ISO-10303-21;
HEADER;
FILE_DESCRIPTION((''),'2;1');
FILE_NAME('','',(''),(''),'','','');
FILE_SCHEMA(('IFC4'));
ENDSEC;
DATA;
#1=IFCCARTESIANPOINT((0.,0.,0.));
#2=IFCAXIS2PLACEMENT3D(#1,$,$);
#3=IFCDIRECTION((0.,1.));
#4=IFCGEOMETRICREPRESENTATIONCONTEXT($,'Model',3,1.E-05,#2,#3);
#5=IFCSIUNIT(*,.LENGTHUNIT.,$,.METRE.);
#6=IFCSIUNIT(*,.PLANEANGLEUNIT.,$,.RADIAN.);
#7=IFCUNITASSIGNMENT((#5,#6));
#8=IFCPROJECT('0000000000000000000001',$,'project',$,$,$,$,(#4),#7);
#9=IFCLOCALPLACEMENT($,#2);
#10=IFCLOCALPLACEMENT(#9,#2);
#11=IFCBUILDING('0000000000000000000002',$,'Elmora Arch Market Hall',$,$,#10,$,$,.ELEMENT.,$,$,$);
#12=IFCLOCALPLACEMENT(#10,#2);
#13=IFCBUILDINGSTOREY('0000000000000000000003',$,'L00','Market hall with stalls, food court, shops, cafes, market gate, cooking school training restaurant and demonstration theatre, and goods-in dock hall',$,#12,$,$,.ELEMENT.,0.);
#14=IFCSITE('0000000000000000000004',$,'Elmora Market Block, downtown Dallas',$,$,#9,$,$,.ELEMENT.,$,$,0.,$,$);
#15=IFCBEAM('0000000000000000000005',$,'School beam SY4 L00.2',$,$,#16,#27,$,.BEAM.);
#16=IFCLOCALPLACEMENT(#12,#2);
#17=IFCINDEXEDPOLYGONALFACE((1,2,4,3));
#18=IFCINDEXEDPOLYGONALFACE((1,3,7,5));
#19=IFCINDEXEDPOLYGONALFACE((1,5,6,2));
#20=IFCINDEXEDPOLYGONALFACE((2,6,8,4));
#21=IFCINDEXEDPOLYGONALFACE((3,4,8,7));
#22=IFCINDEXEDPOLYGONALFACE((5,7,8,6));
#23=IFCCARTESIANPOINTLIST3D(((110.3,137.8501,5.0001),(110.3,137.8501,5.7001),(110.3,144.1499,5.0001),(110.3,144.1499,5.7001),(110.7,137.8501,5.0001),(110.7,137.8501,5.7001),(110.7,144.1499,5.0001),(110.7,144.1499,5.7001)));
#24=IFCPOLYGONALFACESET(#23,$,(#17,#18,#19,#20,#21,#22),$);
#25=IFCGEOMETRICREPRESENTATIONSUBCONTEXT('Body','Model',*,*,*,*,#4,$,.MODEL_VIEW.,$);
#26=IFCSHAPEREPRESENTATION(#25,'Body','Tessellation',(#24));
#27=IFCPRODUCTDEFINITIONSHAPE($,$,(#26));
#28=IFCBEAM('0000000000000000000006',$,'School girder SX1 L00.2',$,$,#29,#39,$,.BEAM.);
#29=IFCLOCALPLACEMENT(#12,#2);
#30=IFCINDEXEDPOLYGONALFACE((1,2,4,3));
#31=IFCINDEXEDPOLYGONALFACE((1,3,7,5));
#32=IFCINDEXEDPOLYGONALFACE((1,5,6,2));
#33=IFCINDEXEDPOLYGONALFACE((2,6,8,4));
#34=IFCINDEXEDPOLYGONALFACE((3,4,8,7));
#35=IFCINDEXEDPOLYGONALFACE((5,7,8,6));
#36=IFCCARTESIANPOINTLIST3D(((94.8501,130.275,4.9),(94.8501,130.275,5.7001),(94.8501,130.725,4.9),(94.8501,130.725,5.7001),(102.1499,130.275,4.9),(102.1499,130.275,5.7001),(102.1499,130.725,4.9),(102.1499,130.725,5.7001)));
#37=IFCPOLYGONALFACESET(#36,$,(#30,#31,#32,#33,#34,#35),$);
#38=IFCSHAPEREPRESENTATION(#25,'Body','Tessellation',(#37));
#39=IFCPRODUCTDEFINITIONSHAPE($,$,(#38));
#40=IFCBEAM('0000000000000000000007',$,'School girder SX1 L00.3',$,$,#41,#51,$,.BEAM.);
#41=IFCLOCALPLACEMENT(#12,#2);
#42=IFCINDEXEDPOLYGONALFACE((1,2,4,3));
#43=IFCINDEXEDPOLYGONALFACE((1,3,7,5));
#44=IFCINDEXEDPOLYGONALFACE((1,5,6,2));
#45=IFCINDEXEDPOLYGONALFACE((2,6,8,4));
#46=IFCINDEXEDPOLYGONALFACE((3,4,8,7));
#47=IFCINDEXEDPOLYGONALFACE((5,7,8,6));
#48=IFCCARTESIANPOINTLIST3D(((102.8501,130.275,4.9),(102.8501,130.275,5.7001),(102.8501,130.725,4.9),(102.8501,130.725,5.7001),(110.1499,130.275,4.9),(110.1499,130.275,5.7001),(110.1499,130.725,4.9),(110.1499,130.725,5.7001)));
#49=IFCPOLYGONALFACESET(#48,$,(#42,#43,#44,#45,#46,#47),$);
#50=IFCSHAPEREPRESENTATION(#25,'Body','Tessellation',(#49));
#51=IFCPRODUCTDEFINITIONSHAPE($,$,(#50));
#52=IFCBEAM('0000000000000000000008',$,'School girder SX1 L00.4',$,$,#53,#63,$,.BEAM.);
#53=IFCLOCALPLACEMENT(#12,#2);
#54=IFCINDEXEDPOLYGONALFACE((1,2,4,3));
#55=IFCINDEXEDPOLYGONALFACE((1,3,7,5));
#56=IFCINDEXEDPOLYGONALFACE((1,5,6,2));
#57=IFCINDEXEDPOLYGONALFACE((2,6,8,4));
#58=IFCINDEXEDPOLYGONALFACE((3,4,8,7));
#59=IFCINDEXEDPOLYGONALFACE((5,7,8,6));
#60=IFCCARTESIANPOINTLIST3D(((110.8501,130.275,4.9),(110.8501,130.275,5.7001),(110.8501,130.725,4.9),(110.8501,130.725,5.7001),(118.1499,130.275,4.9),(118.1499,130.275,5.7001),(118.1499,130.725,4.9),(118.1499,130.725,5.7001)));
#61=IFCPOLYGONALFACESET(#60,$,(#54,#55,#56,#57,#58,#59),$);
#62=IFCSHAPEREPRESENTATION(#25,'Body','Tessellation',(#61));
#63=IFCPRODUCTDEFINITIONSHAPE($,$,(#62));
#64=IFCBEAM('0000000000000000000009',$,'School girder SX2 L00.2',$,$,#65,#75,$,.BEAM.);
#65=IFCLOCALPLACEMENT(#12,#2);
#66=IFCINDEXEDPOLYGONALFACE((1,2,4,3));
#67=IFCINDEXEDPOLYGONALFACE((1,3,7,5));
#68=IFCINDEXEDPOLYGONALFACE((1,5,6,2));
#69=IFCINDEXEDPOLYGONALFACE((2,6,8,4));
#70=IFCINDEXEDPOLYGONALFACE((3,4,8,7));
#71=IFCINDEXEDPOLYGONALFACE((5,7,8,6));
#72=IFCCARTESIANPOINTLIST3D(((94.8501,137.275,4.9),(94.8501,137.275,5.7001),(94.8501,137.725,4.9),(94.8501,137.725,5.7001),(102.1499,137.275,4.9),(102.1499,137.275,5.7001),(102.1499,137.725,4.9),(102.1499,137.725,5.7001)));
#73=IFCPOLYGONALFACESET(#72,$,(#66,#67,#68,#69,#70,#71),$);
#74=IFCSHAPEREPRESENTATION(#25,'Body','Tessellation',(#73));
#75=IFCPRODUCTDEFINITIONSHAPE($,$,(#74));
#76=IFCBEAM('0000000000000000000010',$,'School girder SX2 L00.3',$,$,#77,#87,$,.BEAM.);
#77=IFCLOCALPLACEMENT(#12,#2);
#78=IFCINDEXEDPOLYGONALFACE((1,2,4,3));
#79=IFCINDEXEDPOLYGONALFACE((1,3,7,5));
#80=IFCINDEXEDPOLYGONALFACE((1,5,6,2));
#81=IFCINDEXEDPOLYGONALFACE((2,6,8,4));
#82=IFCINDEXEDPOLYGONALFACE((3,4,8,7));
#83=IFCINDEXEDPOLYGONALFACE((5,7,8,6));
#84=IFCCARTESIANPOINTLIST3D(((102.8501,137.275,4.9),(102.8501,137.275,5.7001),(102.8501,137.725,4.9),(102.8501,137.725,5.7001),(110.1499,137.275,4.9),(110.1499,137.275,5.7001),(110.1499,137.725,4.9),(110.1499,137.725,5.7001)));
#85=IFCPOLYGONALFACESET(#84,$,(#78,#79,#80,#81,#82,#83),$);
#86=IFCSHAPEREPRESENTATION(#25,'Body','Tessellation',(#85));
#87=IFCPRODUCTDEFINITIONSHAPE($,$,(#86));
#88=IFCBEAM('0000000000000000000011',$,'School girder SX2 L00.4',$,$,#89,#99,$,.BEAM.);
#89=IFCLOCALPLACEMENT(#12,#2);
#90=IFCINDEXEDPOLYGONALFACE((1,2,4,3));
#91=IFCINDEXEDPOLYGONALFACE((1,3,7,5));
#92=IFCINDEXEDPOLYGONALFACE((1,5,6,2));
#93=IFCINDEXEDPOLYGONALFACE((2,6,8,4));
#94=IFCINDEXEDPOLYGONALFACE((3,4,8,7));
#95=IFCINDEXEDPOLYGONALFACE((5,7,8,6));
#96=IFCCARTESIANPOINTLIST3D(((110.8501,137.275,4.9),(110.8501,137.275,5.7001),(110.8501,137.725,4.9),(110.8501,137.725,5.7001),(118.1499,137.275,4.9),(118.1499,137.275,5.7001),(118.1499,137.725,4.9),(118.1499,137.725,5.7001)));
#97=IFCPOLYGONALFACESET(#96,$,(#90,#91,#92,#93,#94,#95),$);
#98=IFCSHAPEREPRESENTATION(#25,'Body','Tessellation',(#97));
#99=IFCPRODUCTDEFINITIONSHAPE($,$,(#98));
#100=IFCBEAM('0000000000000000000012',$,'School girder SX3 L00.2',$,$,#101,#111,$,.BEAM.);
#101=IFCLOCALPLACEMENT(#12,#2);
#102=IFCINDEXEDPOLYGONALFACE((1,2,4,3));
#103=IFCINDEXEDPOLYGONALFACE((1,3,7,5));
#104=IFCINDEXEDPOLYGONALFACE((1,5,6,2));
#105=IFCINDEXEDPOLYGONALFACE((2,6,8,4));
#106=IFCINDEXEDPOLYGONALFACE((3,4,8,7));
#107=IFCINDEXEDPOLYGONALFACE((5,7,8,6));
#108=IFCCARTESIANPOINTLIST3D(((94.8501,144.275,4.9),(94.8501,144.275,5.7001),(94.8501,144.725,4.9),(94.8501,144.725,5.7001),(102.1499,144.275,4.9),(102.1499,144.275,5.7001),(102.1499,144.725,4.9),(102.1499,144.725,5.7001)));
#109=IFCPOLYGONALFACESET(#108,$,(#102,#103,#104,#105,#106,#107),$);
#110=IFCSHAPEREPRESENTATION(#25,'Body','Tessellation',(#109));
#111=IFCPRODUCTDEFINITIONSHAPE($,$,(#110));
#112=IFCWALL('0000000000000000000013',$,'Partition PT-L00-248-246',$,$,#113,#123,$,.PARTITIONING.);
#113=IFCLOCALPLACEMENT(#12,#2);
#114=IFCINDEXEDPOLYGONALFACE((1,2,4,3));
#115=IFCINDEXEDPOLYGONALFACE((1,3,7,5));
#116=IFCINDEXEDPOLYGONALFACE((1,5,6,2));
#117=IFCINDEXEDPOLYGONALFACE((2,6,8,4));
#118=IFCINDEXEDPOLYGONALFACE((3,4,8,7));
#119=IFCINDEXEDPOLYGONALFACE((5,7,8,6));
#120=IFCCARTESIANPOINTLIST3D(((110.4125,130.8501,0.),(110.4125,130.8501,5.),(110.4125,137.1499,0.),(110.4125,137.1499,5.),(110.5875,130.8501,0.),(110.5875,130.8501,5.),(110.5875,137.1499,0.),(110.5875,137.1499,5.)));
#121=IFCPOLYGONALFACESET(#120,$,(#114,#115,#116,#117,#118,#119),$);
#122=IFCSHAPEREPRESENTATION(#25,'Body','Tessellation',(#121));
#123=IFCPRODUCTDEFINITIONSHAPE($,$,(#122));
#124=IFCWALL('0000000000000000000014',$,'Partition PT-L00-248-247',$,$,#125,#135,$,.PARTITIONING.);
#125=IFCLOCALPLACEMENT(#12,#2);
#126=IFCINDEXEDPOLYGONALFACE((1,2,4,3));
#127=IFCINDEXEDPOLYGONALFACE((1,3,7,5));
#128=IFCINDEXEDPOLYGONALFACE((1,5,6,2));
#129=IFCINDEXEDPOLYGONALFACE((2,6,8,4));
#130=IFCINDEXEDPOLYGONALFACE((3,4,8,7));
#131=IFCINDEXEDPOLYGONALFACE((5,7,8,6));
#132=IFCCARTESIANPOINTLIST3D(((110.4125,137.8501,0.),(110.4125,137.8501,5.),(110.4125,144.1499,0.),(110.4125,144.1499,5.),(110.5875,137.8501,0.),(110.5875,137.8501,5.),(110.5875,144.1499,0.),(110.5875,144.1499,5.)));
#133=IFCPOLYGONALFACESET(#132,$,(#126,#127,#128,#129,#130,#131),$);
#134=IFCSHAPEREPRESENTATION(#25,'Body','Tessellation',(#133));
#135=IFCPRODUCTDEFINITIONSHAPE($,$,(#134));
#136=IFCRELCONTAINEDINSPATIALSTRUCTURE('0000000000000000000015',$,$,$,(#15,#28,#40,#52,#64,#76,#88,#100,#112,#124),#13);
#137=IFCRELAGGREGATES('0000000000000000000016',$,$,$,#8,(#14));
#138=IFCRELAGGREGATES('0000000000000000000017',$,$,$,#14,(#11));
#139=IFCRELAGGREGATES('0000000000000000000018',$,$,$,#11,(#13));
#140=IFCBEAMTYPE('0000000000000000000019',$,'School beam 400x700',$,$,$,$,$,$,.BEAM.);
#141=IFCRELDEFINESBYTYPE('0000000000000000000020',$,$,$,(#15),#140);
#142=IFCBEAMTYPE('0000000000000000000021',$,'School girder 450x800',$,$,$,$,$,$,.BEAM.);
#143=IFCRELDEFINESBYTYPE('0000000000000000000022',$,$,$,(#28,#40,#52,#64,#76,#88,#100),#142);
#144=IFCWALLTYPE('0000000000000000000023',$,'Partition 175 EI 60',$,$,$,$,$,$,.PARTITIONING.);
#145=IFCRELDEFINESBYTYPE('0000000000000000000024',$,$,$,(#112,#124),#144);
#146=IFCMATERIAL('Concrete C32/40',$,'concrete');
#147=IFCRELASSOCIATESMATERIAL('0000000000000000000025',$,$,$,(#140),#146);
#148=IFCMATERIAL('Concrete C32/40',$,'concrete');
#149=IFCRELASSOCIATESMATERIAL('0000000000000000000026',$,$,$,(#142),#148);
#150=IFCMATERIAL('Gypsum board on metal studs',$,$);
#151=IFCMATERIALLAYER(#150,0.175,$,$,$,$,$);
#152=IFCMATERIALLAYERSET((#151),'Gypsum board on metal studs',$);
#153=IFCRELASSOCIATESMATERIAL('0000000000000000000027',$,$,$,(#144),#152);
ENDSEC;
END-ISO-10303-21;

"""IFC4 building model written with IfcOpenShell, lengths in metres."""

from ifc_helpers import new_model, si_unit, direction, frame, frame_2d, origin, origin_2d, place, context, subcontext, project, spatial, rectangle, extrude, material, layer, layer_set, material_profile, profile_set, type_object, element, save


model = new_model("IFC4")

# Units and contexts
model_context = context("Model", 3, precision=1e-05, world=origin(), true_north=direction((0.0, 1.0)))
body_context = subcontext(model_context, "Body", "Model", "MODEL_VIEW")
ifc_project = project(units=[si_unit("LENGTHUNIT", "METRE"), si_unit("PLANEANGLEUNIT", "RADIAN")], contexts=[model_context])

# Site, building, storey
site_placement = place(None, origin())
site = spatial("IfcSite", under=ifc_project, at=site_placement, Name="Elmora Market Block, downtown Dallas", CompositionType="ELEMENT", RefElevation=0.0)
building_placement = place(site_placement, origin())
building = spatial("IfcBuilding", under=site, at=building_placement, Name="Elmora Arch Market Hall", CompositionType="ELEMENT")
storey_placement = place(building_placement, origin())
storey = spatial("IfcBuildingStorey", under=building, at=storey_placement, Name="L00", Description="Market hall with stalls, food court, shops, cafes, market gate, cooking school training restaurant and demonstration theatre, and goods-in dock hall", CompositionType="ELEMENT", Elevation=0.0)

# Beams
ifc_material_1 = material(Name="Concrete C32/40", Category="concrete")
ifc_material_profile_1 = material_profile(ifc_material_1, rectangle(XDim=0.3999, YDim=0.7, at=origin_2d()), Name="School beam 400x700")
ifc_profile_set_1 = profile_set([ifc_material_profile_1], Name="Concrete C32/40")
beam_type_1 = type_object("IfcBeamType", Name="School beam 400x700", PredefinedType="BEAM", material=ifc_profile_set_1)
for number, where, z_axis, x_axis, name in (
    (1, (110.5, 137.8501, 5.3501), (0.0, 1.0, 0.0), (-1.0, 0.0, 0.0), "School beam SY4 L00.2"),
):
    element("IfcBeam", number, at=place(storey_placement, frame(where, z_axis=z_axis, x_axis=x_axis)), inside=storey, type_object=beam_type_1, Name=name, PredefinedType="BEAM", context=body_context, shape_type="SweptSolid", body=[
        extrude(rectangle(XDim=0.3999, YDim=0.7, at=origin_2d()), origin(), (0.0, 0.0, 1.0), 6.2998),
    ])
ifc_material_2 = material(Name="Concrete C32/40", Category="concrete")
ifc_material_profile_2 = material_profile(ifc_material_2, rectangle(XDim=0.45, YDim=0.8, at=origin_2d()), Name="School girder 450x800")
ifc_profile_set_2 = profile_set([ifc_material_profile_2], Name="Concrete C32/40")
beam_type_2 = type_object("IfcBeamType", Name="School girder 450x800", PredefinedType="BEAM", material=ifc_profile_set_2)
for number, where, z_axis, x_axis, name in (
    (2, (94.8501, 130.5, 5.3), (1.0, 0.0, 0.0), (0.0, 1.0, 0.0), "School girder SX1 L00.2"),
    (3, (102.8501, 130.5, 5.3), (1.0, 0.0, 0.0), (0.0, 1.0, 0.0), "School girder SX1 L00.3"),
    (4, (110.8501, 130.5, 5.3), (1.0, 0.0, 0.0), (0.0, 1.0, 0.0), "School girder SX1 L00.4"),
    (5, (94.8501, 137.5, 5.3), (1.0, 0.0, 0.0), (0.0, 1.0, 0.0), "School girder SX2 L00.2"),
    (6, (102.8501, 137.5, 5.3), (1.0, 0.0, 0.0), (0.0, 1.0, 0.0), "School girder SX2 L00.3"),
    (7, (110.8501, 137.5, 5.3), (1.0, 0.0, 0.0), (0.0, 1.0, 0.0), "School girder SX2 L00.4"),
    (8, (94.8501, 144.5, 5.3), (1.0, 0.0, 0.0), (0.0, 1.0, 0.0), "School girder SX3 L00.2"),
):
    element("IfcBeam", number, at=place(storey_placement, frame(where, z_axis=z_axis, x_axis=x_axis)), inside=storey, type_object=beam_type_2, Name=name, PredefinedType="BEAM", context=body_context, shape_type="SweptSolid", body=[
        extrude(rectangle(XDim=0.45, YDim=0.8, at=origin_2d()), origin(), (0.0, 0.0, 1.0), 7.2998),
    ])

# Walls
ifc_material_3 = material(Name="Gypsum board on metal studs")
ifc_layer = layer(ifc_material_3, 0.175)
ifc_layer_set = layer_set([ifc_layer], Name="Gypsum board on metal studs")
wall_type = type_object("IfcWallType", Name="Partition 175 EI 60", PredefinedType="PARTITIONING", material=ifc_layer_set)
for number, where, z_axis, x_axis, name in (
    (9, (110.5, 130.8501, 0.0), (0.0, 0.0, 1.0), (0.0, 1.0, 0.0), "Partition PT-L00-248-246"),
    (10, (110.5, 137.8501, 0.0), (0.0, 0.0, 1.0), (0.0, 1.0, 0.0), "Partition PT-L00-248-247"),
):
    element("IfcWall", number, at=place(storey_placement, frame(where, z_axis=z_axis, x_axis=x_axis)), inside=storey, type_object=wall_type, Name=name, PredefinedType="PARTITIONING", context=body_context, shape_type="SweptSolid", body=[
        extrude(rectangle(XDim=6.2998, YDim=0.175, at=frame_2d((3.1499, 0.0))), origin(), (0.0, 0.0, 1.0), 5.0),
    ])

save(model, "model.ifc")
